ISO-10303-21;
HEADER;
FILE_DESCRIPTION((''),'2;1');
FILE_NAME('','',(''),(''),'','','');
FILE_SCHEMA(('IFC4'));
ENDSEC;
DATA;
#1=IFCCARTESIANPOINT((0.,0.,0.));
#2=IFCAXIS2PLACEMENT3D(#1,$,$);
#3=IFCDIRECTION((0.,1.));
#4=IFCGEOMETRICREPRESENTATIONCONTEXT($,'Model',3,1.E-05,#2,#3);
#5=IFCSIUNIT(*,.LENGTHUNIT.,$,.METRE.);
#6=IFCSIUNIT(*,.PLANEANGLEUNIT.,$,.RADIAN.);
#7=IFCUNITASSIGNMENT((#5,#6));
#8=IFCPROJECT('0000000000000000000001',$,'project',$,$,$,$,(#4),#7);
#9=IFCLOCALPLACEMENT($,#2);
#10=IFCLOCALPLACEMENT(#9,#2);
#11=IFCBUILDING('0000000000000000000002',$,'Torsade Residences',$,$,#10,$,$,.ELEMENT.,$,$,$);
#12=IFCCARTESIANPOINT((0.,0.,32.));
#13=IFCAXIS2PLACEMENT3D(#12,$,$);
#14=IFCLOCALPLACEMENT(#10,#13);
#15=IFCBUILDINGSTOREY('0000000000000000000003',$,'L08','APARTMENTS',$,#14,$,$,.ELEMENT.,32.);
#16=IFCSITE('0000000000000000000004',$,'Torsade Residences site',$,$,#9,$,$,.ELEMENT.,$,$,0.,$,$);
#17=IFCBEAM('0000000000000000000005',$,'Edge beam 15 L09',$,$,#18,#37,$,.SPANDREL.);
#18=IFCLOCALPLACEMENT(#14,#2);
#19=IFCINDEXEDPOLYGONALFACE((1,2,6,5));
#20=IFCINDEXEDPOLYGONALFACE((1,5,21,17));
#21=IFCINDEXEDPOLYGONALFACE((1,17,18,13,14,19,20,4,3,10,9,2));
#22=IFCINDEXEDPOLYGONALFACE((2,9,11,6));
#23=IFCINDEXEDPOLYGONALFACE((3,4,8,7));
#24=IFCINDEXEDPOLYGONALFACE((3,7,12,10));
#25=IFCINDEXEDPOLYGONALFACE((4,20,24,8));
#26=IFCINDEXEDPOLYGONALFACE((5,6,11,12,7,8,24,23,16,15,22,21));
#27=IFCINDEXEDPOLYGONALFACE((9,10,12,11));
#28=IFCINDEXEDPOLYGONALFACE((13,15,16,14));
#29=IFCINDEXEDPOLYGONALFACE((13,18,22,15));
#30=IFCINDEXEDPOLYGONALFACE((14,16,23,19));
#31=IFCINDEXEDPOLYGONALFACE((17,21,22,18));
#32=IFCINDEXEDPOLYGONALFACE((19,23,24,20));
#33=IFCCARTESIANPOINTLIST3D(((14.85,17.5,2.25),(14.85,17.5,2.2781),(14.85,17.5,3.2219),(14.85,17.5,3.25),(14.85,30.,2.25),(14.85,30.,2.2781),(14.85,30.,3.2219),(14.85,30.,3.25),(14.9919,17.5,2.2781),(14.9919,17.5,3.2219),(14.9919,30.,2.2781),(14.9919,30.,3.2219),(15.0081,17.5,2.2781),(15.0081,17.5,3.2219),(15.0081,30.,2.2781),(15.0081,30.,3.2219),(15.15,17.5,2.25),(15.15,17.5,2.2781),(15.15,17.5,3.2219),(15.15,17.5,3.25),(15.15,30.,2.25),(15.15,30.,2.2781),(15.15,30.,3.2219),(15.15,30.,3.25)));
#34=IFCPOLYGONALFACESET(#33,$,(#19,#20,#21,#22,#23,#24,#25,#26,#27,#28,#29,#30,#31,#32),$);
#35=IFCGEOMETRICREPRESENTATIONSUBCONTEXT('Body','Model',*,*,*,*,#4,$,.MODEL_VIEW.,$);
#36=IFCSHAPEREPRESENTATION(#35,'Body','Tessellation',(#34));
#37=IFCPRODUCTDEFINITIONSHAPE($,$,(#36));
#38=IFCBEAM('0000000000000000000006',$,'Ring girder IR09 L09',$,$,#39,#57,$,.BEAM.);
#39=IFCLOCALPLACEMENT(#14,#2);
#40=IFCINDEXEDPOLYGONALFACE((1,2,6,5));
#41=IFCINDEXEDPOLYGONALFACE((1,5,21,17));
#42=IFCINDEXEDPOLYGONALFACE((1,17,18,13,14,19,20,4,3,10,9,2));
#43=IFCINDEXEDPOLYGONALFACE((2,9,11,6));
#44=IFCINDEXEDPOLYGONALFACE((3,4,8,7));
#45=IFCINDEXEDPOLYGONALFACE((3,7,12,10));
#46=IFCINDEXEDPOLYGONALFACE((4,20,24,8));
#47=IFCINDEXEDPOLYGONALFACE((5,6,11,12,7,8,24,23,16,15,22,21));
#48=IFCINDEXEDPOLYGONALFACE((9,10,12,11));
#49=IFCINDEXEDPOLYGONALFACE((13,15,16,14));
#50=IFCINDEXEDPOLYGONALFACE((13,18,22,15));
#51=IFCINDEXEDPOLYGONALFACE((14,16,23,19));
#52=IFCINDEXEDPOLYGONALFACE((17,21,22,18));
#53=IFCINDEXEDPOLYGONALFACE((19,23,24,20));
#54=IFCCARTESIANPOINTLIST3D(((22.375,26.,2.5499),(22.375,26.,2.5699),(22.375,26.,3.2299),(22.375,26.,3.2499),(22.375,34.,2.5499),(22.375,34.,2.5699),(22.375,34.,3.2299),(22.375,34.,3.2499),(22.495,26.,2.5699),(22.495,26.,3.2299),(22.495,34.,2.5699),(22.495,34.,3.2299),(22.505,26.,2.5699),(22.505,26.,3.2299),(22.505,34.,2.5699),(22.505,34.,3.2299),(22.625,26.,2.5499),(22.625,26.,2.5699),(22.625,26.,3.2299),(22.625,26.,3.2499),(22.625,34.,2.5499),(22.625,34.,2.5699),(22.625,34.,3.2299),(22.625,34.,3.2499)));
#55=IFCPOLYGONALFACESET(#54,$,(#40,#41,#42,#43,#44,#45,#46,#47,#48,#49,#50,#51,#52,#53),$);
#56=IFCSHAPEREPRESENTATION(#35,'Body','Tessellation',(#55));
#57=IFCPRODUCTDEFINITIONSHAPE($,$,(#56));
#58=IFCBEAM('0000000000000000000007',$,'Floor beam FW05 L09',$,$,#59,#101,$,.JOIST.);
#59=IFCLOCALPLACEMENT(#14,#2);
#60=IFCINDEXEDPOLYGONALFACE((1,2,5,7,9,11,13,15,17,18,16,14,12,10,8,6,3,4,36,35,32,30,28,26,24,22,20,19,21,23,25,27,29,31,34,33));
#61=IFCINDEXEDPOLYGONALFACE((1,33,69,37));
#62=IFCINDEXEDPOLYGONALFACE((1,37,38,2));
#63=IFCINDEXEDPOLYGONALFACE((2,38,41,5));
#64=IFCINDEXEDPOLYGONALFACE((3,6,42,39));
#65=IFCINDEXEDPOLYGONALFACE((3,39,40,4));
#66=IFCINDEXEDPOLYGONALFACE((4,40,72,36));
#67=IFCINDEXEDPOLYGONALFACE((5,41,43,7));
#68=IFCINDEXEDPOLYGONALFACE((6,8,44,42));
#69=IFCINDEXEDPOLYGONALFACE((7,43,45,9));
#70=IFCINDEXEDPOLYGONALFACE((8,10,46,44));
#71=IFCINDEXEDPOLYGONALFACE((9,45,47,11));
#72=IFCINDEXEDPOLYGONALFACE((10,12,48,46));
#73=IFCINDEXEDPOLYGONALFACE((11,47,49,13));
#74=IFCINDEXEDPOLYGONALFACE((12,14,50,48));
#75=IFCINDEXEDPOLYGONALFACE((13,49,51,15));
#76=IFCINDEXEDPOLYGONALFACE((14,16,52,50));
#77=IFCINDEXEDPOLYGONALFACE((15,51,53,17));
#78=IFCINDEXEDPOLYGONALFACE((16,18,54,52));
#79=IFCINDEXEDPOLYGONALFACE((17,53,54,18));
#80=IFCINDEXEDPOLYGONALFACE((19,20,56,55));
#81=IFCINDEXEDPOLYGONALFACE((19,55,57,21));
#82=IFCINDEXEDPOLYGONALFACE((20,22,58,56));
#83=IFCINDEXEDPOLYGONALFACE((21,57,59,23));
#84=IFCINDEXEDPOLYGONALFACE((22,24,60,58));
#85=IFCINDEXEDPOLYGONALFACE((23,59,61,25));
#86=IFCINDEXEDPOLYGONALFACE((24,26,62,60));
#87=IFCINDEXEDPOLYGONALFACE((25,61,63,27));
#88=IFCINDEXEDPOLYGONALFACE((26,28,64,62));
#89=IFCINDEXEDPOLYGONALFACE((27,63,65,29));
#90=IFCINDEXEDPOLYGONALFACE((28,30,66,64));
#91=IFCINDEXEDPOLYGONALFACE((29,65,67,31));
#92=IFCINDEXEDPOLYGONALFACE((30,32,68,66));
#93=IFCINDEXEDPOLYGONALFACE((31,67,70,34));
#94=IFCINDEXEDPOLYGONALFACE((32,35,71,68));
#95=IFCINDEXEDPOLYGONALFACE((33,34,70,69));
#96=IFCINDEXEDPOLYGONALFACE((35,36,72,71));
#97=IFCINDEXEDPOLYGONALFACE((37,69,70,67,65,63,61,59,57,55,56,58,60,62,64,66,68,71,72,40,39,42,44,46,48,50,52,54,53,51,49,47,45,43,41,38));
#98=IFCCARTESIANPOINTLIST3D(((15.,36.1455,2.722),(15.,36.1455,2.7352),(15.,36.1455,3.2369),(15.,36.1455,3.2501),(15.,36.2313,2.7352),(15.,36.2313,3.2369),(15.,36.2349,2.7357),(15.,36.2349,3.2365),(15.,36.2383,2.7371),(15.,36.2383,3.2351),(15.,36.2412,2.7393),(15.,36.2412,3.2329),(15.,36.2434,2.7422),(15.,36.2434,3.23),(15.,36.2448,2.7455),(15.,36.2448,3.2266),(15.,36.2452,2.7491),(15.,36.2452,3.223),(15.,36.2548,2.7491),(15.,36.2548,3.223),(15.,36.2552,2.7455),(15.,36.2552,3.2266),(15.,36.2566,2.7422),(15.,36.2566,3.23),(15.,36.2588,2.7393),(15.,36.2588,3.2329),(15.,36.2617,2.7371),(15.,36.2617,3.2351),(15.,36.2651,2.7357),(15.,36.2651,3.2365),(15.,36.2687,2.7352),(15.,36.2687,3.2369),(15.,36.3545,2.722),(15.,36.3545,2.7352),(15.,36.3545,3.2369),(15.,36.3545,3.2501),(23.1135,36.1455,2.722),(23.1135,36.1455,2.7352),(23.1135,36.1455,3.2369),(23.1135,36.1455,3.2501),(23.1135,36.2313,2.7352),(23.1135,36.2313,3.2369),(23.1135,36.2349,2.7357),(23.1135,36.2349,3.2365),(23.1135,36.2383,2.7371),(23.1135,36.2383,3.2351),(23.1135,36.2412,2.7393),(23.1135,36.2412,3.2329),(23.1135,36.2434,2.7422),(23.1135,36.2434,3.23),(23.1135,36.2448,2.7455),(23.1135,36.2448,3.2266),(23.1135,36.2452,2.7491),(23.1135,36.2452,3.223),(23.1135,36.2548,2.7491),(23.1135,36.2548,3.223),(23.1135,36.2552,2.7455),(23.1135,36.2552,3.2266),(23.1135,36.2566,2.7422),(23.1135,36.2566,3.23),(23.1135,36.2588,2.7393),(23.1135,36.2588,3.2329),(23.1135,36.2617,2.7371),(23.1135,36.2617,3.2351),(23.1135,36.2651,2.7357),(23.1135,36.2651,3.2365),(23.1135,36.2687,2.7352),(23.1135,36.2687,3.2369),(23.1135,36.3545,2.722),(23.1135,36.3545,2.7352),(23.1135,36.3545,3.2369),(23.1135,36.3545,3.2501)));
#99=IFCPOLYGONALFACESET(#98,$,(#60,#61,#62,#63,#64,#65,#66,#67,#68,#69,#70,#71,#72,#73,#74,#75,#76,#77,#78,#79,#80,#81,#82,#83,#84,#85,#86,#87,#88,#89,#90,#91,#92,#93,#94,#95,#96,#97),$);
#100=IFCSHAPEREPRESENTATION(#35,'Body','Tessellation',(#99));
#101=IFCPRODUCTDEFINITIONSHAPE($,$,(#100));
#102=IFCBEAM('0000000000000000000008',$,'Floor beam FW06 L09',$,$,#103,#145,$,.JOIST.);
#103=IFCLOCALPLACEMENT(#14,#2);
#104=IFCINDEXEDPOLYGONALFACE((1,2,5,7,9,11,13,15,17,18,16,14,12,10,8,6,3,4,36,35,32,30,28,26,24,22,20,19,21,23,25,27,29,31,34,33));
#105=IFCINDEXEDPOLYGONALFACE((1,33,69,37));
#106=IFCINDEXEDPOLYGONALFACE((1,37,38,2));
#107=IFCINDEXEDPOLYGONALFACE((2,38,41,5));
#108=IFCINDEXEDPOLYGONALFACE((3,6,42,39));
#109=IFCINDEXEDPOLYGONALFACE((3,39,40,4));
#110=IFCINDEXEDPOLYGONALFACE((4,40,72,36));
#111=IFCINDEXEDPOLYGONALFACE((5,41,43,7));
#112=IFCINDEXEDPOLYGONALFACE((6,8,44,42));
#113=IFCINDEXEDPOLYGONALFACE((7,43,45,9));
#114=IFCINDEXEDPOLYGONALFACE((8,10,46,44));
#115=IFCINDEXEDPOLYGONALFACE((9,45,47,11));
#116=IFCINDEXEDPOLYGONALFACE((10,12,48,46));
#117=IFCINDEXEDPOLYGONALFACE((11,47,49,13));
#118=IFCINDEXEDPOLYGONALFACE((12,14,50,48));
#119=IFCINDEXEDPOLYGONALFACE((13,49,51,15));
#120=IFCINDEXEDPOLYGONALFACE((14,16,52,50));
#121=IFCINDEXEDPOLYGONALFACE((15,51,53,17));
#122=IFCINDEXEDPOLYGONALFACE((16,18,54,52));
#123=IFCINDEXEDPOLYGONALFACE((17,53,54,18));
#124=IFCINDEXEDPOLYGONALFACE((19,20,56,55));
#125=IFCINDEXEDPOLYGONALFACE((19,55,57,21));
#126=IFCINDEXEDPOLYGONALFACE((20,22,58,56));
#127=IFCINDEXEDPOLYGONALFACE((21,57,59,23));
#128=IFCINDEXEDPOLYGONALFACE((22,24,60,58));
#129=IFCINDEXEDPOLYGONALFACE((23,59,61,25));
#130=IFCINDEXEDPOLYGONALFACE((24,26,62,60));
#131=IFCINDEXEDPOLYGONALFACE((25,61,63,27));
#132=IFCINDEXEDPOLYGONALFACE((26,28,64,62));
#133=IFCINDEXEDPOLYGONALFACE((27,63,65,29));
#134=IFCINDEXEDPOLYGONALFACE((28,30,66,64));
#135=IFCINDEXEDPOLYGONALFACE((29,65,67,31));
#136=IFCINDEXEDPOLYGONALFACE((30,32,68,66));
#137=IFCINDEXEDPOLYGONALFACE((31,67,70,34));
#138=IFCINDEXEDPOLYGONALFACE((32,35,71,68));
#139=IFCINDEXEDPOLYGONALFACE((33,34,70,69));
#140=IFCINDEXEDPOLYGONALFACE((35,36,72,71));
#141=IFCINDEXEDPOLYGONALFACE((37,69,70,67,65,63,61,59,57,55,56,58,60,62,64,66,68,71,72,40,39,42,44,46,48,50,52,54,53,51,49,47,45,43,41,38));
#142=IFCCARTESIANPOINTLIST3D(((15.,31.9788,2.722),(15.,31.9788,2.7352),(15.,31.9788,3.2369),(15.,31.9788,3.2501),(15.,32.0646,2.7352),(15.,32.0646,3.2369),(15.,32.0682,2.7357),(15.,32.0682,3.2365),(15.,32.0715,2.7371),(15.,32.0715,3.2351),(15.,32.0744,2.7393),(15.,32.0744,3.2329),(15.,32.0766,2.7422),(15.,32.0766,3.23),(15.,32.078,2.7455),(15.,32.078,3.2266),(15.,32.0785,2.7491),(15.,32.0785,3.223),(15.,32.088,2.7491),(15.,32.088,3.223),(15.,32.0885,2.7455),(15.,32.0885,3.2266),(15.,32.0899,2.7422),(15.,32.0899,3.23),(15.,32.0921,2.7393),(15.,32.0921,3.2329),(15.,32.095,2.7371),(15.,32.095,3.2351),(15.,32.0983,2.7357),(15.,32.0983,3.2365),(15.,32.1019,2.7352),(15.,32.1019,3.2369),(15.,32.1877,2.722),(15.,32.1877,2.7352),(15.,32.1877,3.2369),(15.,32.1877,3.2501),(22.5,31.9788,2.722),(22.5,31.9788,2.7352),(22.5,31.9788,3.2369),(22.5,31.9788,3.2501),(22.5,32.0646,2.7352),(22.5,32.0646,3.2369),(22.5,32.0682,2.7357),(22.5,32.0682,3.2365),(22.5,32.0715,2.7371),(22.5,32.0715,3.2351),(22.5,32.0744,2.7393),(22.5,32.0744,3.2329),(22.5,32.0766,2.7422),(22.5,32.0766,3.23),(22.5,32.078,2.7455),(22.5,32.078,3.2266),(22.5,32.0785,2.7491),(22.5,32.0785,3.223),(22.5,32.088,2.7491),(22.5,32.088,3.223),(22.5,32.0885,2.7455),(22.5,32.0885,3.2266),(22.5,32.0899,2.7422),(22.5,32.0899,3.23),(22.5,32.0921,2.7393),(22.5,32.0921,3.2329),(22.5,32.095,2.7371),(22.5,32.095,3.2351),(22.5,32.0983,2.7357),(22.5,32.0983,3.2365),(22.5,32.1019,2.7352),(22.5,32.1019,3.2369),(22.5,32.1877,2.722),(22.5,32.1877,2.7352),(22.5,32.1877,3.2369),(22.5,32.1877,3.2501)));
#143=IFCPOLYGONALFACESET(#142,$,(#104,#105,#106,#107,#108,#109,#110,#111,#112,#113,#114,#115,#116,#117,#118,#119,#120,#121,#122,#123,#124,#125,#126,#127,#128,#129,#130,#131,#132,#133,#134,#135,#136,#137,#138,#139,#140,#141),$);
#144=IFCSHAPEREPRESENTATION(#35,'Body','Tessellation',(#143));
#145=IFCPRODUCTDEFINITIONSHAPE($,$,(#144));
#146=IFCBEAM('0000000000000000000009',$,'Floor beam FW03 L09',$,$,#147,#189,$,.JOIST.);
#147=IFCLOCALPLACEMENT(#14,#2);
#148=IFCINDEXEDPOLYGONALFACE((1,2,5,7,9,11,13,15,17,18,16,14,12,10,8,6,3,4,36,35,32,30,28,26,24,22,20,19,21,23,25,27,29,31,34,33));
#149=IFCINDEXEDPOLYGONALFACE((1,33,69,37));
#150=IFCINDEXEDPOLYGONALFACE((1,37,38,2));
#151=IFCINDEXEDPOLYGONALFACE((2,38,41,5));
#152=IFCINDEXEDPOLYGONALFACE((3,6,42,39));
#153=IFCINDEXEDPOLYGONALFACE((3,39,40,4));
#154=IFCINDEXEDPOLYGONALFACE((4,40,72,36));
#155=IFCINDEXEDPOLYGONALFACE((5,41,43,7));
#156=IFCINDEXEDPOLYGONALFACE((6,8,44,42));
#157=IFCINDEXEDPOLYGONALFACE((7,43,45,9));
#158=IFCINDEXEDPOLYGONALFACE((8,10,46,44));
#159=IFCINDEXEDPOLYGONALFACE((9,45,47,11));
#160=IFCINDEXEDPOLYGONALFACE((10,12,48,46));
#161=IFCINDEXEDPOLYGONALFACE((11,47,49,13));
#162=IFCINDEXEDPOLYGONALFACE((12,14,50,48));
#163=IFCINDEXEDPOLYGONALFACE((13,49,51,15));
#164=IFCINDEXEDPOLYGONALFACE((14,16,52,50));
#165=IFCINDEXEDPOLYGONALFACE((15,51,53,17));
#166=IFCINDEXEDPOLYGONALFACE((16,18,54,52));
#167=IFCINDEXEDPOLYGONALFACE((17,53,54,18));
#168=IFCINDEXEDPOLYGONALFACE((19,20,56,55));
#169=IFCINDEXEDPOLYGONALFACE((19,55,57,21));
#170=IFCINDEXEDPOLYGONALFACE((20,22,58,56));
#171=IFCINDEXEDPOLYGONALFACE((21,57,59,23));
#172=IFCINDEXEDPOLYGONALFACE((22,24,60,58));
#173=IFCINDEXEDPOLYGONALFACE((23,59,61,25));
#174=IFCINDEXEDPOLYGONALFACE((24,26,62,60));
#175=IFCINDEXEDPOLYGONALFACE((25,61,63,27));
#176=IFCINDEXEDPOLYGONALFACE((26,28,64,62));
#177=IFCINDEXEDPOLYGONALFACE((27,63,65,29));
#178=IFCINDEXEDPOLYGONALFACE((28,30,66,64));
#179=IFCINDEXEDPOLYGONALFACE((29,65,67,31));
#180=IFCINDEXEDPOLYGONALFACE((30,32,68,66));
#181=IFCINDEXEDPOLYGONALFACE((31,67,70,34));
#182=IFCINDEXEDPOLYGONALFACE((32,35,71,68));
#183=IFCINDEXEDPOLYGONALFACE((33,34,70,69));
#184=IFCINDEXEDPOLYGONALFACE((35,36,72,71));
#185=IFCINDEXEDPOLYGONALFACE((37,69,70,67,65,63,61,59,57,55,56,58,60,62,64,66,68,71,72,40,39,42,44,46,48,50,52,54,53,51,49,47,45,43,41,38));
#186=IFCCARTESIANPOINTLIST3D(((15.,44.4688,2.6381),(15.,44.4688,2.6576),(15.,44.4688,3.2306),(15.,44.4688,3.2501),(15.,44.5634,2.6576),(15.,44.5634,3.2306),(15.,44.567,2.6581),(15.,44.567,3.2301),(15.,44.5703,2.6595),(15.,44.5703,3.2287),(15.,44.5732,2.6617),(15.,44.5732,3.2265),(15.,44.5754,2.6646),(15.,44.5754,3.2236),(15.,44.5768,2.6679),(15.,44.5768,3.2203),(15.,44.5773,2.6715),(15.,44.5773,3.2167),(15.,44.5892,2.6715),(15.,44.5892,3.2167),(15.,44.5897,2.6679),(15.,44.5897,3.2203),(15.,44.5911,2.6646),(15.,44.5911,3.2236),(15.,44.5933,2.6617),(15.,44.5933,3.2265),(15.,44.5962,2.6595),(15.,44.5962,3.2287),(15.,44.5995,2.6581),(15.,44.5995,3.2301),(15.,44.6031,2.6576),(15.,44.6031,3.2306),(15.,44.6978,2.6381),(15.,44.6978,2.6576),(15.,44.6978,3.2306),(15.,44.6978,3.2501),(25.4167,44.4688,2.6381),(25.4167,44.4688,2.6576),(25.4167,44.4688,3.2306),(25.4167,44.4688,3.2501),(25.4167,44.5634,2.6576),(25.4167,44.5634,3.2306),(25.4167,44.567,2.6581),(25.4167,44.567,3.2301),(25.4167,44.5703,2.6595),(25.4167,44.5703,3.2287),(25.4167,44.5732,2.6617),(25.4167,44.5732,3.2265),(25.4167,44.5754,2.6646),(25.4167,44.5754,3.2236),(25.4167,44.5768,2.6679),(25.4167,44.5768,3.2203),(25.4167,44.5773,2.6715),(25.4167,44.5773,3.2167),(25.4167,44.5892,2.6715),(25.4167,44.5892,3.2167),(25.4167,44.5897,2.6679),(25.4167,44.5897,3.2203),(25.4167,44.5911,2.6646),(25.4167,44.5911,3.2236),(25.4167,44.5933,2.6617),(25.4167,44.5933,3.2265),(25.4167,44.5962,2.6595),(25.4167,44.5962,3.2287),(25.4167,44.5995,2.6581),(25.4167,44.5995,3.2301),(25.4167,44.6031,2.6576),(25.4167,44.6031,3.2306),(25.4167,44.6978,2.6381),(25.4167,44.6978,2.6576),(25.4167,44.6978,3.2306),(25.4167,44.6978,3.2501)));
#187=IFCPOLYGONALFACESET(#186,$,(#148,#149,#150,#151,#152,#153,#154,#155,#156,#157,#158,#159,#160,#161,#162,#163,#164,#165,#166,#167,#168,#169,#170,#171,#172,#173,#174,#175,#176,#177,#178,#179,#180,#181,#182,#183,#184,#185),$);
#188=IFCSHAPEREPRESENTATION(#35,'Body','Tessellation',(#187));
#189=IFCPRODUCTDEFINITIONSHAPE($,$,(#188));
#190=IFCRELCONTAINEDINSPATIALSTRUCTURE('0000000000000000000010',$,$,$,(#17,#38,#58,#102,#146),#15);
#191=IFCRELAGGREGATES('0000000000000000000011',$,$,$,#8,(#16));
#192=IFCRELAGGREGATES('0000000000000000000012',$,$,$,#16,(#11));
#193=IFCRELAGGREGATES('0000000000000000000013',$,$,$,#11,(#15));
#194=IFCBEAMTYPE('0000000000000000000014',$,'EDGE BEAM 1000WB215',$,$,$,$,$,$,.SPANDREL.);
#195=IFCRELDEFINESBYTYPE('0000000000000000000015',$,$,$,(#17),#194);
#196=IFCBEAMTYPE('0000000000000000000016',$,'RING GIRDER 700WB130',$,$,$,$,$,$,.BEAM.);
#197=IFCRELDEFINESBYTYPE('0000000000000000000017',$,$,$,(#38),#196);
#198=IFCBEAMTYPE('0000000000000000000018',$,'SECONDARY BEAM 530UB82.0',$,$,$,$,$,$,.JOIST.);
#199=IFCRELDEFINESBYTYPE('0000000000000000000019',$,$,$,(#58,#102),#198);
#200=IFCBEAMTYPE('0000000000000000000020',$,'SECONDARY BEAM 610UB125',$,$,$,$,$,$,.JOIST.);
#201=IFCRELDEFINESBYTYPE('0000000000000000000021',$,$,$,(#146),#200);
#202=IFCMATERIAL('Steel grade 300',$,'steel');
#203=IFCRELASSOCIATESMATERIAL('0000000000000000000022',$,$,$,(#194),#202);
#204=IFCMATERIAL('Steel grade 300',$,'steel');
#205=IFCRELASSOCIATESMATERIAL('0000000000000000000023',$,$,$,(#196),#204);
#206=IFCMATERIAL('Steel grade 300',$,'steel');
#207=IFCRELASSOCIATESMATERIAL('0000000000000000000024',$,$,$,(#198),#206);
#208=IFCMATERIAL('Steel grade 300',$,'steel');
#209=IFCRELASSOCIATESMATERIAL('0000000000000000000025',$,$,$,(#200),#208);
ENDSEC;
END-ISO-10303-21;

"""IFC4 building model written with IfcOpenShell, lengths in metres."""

from ifc_helpers import new_model, si_unit, direction, frame, origin, origin_2d, place, context, subcontext, project, spatial, i_section, extrude, material, material_profile, profile_set, type_object, element, save


model = new_model("IFC4")

# Units and contexts
model_context = context("Model", 3, precision=1e-05, world=origin(), true_north=direction((0.0, 1.0)))
body_context = subcontext(model_context, "Body", "Model", "MODEL_VIEW")
ifc_project = project(units=[si_unit("LENGTHUNIT", "METRE"), si_unit("PLANEANGLEUNIT", "RADIAN")], contexts=[model_context])

# Site, building, storey
site_placement = place(None, origin())
site = spatial("IfcSite", under=ifc_project, at=site_placement, Name="Torsade Residences site", CompositionType="ELEMENT", RefElevation=0.0)
building_placement = place(site_placement, origin())
building = spatial("IfcBuilding", under=site, at=building_placement, Name="Torsade Residences", CompositionType="ELEMENT")
storey_placement = place(building_placement, frame((0.0, 0.0, 32.0)))
storey = spatial("IfcBuildingStorey", under=building, at=storey_placement, Name="L08", Description="APARTMENTS", CompositionType="ELEMENT", Elevation=32.0)

# Beams
ifc_material_1 = material(Name="Steel grade 300", Category="steel")
ifc_material_profile_1 = material_profile(ifc_material_1, i_section(OverallWidth=0.3, OverallDepth=1.0, WebThickness=0.0161, FlangeThickness=0.0281, at=origin_2d()), Name="1000WB215")
ifc_profile_set_1 = profile_set([ifc_material_profile_1], Name="Steel grade 300")
beam_type_1 = type_object("IfcBeamType", Name="EDGE BEAM 1000WB215", PredefinedType="SPANDREL", material=ifc_profile_set_1)
for number, where, z_axis, x_axis, name in (
    (1, (15.0, 30.0, 2.75), (0.0, -1.0, 0.0), (1.0, 0.0, 0.0), "Edge beam 15 L09"),
):
    element("IfcBeam", number, at=place(storey_placement, frame(where, z_axis=z_axis, x_axis=x_axis)), inside=storey, type_object=beam_type_1, Name=name, PredefinedType="SPANDREL", context=body_context, shape_type="SweptSolid", body=[
        extrude(i_section(OverallWidth=0.3, OverallDepth=1.0, WebThickness=0.0161, FlangeThickness=0.0281, at=origin_2d()), origin(), (0.0, 0.0, 1.0), 12.5),
    ])
ifc_material_2 = material(Name="Steel grade 300", Category="steel")
ifc_material_profile_2 = material_profile(ifc_material_2, i_section(OverallWidth=0.25, OverallDepth=0.7, WebThickness=0.01, FlangeThickness=0.02, at=origin_2d()), Name="700WB130")
ifc_profile_set_2 = profile_set([ifc_material_profile_2], Name="Steel grade 300")
beam_type_2 = type_object("IfcBeamType", Name="RING GIRDER 700WB130", PredefinedType="BEAM", material=ifc_profile_set_2)
beam_1_placement = place(storey_placement, frame((22.5, 34.0, 2.8999), z_axis=(0.0, -1.0, 0.0), x_axis=(1.0, 0.0, 0.0)))
element("IfcBeam", 2, at=beam_1_placement, inside=storey, type_object=beam_type_2, Name="Ring girder IR09 L09", PredefinedType="BEAM", context=body_context, shape_type="SweptSolid", body=[
    extrude(i_section(OverallWidth=0.25, OverallDepth=0.7, WebThickness=0.01, FlangeThickness=0.02, at=origin_2d()), origin(), (0.0, 0.0, 1.0), 8.0),
])
ifc_material_3 = material(Name="Steel grade 300", Category="steel")
ifc_material_profile_3 = material_profile(ifc_material_3, i_section(OverallWidth=0.209, OverallDepth=0.5281, WebThickness=0.0095, FlangeThickness=0.0132, FilletRadius=0.0139, at=origin_2d()), Name="530UB82.0")
ifc_profile_set_3 = profile_set([ifc_material_profile_3], Name="Steel grade 300")
beam_type_3 = type_object("IfcBeamType", Name="SECONDARY BEAM 530UB82.0", PredefinedType="JOIST", material=ifc_profile_set_3)
beam_2_placement = place(storey_placement, frame((15.0, 36.25, 2.9861), z_axis=(1.0, 0.0, 0.0), x_axis=(0.0, 1.0, 0.0)))
element("IfcBeam", 3, at=beam_2_placement, inside=storey, type_object=beam_type_3, Name="Floor beam FW05 L09", PredefinedType="JOIST", context=body_context, shape_type="SweptSolid", body=[
    extrude(i_section(OverallWidth=0.209, OverallDepth=0.5281, WebThickness=0.0095, FlangeThickness=0.0132, FilletRadius=0.0139, at=origin_2d()), origin(), (0.0, 0.0, 1.0), 8.1135),
])
beam_3_placement = place(storey_placement, frame((15.0, 32.0833, 2.9861), z_axis=(1.0, 0.0, 0.0), x_axis=(0.0, 1.0, 0.0)))
element("IfcBeam", 4, at=beam_3_placement, inside=storey, type_object=beam_type_3, Name="Floor beam FW06 L09", PredefinedType="JOIST", context=body_context, shape_type="SweptSolid", body=[
    extrude(i_section(OverallWidth=0.209, OverallDepth=0.5281, WebThickness=0.0095, FlangeThickness=0.0132, FilletRadius=0.0139, at=origin_2d()), origin(), (0.0, 0.0, 1.0), 7.5),
])
ifc_material_4 = material(Name="Steel grade 300", Category="steel")
ifc_material_profile_4 = material_profile(ifc_material_4, i_section(OverallWidth=0.229, OverallDepth=0.6121, WebThickness=0.012, FlangeThickness=0.0195, FilletRadius=0.0139, at=origin_2d()), Name="610UB125")
ifc_profile_set_4 = profile_set([ifc_material_profile_4], Name="Steel grade 300")
beam_type_4 = type_object("IfcBeamType", Name="SECONDARY BEAM 610UB125", PredefinedType="JOIST", material=ifc_profile_set_4)
beam_4_placement = place(storey_placement, frame((15.0, 44.5833, 2.9441), z_axis=(1.0, 0.0, 0.0), x_axis=(0.0, 1.0, 0.0)))
element("IfcBeam", 5, at=beam_4_placement, inside=storey, type_object=beam_type_4, Name="Floor beam FW03 L09", PredefinedType="JOIST", context=body_context, shape_type="SweptSolid", body=[
    extrude(i_section(OverallWidth=0.229, OverallDepth=0.6121, WebThickness=0.012, FlangeThickness=0.0195, FilletRadius=0.0139, at=origin_2d()), origin(), (0.0, 0.0, 1.0), 10.4167),
])

save(model, "model.ifc")
